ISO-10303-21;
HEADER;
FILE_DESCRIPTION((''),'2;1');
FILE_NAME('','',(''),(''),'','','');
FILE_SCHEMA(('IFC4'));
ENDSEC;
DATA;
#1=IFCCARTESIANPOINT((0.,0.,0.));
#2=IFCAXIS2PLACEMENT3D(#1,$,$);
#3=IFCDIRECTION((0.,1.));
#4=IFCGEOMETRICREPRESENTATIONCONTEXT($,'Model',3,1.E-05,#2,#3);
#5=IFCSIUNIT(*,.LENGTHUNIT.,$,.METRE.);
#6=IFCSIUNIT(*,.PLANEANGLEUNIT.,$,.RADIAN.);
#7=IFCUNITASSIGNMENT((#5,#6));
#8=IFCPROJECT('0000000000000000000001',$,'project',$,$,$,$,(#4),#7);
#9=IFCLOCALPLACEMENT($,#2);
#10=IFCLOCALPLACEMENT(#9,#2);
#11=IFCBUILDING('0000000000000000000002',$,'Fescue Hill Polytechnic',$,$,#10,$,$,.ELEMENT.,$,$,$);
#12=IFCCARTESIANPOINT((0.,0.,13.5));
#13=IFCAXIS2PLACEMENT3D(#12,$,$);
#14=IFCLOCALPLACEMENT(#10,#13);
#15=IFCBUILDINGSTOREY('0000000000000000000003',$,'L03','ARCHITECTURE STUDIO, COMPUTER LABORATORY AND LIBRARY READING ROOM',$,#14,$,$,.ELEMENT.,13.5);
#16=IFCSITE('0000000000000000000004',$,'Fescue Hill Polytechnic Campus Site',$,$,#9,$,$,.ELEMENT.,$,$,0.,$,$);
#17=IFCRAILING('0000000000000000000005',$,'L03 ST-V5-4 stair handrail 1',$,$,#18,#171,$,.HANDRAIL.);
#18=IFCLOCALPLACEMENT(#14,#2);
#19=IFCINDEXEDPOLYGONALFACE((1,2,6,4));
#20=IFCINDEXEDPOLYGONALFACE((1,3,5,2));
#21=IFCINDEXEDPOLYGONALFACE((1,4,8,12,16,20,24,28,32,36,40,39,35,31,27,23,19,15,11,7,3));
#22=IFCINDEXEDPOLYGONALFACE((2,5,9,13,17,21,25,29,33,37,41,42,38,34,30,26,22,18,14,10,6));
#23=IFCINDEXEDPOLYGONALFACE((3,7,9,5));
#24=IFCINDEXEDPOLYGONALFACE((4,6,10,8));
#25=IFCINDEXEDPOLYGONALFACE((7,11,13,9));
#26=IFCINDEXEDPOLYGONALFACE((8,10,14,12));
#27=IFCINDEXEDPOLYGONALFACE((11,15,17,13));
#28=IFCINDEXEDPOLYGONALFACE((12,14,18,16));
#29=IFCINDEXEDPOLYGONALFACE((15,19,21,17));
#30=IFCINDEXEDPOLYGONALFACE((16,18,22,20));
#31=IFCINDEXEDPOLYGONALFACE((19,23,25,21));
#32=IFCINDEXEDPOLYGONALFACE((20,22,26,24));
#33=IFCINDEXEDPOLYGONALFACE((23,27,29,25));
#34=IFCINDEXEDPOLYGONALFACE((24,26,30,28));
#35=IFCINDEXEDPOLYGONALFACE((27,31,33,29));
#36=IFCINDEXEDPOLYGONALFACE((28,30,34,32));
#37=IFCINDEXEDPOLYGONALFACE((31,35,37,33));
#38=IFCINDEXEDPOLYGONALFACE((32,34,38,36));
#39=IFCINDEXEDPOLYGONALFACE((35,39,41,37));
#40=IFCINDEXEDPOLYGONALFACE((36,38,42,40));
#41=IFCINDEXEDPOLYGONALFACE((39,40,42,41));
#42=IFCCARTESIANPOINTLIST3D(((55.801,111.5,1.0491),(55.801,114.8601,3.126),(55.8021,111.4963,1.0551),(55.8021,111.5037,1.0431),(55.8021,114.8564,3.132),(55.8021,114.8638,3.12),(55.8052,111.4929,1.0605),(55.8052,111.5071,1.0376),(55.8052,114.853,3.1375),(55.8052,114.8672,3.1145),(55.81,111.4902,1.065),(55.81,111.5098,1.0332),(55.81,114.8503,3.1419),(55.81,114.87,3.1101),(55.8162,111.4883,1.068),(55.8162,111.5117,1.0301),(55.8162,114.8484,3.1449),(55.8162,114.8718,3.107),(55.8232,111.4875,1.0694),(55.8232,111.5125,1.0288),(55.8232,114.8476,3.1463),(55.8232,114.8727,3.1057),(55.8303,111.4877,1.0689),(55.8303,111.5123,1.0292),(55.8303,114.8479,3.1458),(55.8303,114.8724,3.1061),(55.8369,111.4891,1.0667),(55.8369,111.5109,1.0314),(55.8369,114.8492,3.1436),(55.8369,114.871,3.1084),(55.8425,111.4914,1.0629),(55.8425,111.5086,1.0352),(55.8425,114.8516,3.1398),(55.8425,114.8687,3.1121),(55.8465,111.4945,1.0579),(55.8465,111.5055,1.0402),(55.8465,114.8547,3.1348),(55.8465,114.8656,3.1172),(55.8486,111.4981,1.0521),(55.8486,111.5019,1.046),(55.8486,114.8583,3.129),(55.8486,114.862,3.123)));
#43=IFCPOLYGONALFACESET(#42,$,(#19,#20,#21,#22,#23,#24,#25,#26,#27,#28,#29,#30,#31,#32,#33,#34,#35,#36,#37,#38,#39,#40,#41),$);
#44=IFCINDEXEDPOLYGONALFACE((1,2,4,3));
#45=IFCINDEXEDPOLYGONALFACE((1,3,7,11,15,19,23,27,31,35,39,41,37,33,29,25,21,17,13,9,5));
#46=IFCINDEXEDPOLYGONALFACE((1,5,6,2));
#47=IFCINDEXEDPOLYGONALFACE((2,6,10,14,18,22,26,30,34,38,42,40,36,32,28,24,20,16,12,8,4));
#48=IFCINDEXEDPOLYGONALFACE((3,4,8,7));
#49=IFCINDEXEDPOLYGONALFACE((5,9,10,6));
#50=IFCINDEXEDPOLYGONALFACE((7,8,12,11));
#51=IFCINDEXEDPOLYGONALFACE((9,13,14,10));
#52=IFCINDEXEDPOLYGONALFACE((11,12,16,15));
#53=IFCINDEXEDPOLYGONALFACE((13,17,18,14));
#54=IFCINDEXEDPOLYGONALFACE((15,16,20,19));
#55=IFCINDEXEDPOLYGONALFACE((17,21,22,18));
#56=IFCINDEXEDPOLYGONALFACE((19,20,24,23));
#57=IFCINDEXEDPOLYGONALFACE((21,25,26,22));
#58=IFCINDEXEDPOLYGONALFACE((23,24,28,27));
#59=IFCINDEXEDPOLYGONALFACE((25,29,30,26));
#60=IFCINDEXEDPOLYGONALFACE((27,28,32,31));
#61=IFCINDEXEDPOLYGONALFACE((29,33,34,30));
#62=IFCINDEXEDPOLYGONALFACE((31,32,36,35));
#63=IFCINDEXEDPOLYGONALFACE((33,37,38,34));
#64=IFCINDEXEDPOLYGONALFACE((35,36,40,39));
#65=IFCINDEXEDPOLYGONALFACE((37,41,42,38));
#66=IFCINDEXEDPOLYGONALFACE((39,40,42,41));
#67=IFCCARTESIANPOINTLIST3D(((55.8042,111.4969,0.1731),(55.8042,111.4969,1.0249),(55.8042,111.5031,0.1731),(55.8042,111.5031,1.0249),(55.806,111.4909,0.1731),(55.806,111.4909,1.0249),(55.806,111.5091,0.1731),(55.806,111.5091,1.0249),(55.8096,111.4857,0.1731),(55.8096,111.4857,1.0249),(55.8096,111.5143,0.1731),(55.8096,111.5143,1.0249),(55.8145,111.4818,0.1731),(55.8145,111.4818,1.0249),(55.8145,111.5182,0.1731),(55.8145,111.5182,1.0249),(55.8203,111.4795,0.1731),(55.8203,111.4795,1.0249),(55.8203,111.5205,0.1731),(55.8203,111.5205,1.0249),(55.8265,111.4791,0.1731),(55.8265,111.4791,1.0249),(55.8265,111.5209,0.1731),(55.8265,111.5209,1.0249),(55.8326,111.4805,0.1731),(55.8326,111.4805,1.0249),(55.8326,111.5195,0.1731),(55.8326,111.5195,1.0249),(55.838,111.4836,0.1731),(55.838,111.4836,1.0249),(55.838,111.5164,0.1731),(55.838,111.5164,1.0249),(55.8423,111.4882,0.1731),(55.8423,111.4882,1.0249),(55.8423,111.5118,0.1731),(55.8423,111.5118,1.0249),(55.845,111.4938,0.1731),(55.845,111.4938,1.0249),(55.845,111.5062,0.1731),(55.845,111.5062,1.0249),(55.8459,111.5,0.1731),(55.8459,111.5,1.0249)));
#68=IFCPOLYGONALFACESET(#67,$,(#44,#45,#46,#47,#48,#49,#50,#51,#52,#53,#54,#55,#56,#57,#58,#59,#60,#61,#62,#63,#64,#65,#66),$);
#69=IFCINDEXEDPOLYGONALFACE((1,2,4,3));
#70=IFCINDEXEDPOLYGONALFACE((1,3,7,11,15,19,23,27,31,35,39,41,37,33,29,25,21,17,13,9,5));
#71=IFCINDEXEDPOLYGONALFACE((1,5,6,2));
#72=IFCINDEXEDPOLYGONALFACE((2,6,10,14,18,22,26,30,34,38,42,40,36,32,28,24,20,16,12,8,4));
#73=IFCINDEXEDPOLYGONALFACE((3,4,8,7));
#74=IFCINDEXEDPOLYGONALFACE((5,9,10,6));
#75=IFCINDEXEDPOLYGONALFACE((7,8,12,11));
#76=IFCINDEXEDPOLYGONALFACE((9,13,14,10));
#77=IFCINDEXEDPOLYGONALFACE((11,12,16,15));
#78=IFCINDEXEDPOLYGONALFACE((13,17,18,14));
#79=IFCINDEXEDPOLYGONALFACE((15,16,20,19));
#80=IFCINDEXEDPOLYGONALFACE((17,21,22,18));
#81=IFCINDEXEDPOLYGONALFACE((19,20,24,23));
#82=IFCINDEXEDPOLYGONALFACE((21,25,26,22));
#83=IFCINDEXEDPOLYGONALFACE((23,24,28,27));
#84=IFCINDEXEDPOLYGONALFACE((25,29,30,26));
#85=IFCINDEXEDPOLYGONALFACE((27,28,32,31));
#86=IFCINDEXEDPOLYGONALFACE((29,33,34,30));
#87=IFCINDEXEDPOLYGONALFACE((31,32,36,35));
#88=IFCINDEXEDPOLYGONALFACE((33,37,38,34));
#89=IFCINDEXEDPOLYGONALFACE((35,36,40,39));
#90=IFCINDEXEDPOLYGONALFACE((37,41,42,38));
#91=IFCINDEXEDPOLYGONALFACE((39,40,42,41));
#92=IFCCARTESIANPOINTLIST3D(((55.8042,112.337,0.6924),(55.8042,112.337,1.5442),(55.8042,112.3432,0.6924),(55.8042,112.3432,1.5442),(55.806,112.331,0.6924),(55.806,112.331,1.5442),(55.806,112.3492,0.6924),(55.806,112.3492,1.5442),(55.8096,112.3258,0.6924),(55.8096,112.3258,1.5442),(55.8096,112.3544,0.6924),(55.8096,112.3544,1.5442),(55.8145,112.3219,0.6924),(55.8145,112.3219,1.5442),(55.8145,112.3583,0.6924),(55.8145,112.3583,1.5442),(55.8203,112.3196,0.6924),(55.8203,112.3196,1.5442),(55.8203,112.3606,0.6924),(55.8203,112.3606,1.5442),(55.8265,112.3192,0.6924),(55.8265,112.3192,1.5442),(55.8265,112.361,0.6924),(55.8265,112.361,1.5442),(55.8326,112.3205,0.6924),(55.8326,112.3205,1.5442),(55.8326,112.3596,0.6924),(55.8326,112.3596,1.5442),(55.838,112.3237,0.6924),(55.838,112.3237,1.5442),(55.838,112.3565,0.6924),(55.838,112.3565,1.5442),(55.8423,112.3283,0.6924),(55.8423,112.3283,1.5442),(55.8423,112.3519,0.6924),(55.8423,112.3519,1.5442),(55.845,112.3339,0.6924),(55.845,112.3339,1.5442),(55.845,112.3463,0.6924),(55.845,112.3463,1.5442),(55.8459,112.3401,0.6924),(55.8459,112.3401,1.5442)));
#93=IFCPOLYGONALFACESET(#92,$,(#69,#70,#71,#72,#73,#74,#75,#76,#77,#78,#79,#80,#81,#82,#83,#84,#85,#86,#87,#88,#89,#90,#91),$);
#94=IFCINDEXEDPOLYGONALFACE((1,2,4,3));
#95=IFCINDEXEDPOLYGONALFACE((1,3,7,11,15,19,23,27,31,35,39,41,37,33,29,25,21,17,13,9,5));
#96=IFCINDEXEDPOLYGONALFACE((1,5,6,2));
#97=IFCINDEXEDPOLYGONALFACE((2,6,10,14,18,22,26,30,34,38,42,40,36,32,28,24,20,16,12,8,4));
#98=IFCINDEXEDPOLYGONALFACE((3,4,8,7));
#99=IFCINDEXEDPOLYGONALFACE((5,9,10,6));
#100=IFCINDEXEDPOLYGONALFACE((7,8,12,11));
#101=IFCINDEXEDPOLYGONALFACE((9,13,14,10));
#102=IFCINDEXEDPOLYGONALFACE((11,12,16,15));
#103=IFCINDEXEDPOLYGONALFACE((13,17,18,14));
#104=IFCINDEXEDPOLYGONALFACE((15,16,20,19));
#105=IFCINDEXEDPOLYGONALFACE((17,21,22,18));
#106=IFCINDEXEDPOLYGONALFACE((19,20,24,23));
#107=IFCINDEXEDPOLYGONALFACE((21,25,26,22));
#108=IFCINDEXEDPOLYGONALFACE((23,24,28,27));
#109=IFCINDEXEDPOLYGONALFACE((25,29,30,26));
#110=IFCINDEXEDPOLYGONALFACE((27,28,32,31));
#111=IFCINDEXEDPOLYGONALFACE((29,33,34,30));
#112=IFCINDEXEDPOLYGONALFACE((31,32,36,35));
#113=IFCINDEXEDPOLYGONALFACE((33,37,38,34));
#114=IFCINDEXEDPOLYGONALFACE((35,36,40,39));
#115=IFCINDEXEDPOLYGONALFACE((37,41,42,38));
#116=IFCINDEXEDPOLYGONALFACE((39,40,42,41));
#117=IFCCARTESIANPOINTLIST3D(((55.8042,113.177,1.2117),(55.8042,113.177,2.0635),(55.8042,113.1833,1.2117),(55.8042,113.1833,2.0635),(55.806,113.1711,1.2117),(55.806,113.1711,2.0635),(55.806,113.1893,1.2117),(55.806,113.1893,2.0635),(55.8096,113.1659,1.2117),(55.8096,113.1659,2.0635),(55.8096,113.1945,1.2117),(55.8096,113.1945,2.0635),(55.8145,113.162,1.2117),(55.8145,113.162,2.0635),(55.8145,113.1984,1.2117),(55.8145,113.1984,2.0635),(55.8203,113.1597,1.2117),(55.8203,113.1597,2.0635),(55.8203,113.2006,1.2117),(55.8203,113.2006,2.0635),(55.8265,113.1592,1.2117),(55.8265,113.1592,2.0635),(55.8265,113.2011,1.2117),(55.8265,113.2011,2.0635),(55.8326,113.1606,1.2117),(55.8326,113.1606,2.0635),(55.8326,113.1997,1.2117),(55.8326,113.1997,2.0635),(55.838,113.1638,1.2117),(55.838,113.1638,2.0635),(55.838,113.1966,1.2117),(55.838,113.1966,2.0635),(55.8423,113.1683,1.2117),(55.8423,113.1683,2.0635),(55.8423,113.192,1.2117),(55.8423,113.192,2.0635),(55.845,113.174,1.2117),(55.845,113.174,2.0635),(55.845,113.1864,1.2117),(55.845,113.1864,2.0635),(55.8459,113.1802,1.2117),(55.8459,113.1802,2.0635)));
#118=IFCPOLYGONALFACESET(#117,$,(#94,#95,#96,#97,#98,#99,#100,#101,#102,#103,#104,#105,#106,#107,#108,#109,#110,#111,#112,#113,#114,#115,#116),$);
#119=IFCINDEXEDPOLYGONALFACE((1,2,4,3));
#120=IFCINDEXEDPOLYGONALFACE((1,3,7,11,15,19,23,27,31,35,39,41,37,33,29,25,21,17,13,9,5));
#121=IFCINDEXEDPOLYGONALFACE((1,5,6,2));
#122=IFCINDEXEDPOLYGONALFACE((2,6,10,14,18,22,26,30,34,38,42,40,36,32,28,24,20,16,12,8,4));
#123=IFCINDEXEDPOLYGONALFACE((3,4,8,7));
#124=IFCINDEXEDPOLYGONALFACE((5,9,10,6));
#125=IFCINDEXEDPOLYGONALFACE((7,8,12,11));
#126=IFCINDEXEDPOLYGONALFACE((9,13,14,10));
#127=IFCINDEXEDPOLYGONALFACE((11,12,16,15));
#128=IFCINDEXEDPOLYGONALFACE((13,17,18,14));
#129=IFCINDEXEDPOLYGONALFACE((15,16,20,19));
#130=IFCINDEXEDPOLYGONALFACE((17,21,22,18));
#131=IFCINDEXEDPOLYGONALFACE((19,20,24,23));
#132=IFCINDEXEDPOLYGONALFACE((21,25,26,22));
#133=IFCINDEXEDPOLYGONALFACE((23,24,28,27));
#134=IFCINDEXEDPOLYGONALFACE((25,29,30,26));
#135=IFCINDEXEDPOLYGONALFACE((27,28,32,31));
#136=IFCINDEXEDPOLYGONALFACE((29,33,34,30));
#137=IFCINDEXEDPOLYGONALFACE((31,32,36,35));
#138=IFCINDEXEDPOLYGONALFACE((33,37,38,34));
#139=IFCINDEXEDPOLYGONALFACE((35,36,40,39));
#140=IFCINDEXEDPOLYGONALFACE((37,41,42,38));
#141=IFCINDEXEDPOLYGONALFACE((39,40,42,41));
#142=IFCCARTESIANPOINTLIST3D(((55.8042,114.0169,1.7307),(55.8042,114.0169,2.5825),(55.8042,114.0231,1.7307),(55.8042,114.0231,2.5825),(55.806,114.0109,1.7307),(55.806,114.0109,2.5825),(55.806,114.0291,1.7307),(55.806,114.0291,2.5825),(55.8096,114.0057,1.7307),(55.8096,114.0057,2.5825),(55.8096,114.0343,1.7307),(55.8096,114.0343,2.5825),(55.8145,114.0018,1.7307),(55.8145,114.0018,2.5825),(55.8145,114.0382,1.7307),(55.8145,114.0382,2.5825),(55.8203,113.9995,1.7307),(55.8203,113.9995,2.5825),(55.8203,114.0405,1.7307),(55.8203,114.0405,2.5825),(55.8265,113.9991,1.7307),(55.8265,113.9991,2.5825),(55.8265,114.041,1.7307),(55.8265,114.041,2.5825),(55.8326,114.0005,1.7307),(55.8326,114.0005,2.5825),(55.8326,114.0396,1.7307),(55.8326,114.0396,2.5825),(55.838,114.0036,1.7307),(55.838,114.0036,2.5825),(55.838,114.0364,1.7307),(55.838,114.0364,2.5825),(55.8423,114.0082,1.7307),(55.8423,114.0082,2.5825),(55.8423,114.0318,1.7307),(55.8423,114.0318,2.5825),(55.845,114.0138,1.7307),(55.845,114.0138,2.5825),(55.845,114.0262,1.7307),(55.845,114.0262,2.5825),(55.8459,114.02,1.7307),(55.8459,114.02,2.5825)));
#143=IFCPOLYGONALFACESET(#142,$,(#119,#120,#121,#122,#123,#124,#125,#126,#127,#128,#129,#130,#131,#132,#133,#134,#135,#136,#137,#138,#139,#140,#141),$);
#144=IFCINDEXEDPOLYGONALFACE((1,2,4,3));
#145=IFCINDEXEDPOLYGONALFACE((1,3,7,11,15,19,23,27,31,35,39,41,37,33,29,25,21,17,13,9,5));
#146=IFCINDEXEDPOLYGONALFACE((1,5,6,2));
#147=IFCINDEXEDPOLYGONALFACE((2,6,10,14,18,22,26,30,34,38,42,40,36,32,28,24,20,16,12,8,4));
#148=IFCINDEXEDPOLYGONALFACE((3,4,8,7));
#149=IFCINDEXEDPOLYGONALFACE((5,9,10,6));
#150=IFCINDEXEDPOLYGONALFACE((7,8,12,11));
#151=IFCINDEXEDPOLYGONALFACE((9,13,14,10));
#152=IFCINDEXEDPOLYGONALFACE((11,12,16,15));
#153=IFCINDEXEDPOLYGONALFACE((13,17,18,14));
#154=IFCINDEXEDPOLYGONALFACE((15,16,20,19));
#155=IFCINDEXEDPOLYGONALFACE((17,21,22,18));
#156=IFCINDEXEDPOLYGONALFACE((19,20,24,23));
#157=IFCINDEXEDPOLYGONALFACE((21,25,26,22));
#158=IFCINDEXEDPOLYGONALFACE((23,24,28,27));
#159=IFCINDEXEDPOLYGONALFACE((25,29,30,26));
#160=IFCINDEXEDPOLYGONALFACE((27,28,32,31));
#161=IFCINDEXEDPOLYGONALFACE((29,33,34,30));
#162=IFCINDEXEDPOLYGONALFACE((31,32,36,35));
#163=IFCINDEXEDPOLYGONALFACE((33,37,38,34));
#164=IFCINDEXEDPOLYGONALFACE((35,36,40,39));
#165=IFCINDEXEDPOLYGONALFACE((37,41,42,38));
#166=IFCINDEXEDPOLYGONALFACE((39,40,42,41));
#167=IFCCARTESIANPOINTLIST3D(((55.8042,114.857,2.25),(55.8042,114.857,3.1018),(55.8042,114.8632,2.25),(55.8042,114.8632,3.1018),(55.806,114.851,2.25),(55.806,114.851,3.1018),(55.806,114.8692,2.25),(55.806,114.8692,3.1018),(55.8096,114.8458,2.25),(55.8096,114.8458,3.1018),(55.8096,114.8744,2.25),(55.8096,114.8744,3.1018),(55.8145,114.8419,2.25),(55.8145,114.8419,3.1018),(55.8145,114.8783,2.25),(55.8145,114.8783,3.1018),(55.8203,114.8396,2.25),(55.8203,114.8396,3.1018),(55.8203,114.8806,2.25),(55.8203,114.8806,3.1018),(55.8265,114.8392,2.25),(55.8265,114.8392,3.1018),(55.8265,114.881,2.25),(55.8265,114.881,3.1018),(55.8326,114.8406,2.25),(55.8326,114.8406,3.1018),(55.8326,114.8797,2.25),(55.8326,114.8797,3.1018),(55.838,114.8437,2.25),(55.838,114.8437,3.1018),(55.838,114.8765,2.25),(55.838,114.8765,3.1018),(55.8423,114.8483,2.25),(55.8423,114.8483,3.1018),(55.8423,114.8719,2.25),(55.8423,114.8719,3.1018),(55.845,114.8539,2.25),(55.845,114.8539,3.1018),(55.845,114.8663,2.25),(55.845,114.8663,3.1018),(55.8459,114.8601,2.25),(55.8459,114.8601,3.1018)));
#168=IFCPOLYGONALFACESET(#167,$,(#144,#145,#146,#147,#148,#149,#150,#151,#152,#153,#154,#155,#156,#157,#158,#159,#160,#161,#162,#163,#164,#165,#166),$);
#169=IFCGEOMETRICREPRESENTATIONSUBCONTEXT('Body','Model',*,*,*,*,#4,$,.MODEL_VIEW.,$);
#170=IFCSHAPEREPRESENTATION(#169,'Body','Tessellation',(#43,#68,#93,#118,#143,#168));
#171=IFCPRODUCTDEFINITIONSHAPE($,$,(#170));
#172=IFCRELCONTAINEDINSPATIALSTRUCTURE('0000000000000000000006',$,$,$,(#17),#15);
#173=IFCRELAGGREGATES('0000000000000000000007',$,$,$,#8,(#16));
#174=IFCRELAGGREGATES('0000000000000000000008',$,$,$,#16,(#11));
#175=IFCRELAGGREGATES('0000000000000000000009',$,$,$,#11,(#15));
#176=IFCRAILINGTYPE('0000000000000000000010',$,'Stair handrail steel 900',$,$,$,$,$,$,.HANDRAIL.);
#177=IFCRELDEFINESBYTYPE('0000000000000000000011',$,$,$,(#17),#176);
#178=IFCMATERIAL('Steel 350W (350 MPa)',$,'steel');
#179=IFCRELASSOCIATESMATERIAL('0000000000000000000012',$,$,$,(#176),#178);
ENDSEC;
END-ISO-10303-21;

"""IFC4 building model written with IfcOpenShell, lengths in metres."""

from ifc_helpers import new_model, si_unit, direction, frame, origin, origin_2d, place, context, subcontext, project, spatial, circle, extrude, material, type_object, element, save


model = new_model("IFC4")

# Units and contexts
model_context = context("Model", 3, precision=1e-05, world=origin(), true_north=direction((0.0, 1.0)))
body_context = subcontext(model_context, "Body", "Model", "MODEL_VIEW")
ifc_project = project(units=[si_unit("LENGTHUNIT", "METRE"), si_unit("PLANEANGLEUNIT", "RADIAN")], contexts=[model_context])

# Site, building, storey
site_placement = place(None, origin())
site = spatial("IfcSite", under=ifc_project, at=site_placement, Name="Fescue Hill Polytechnic Campus Site", CompositionType="ELEMENT", RefElevation=0.0)
building_placement = place(site_placement, origin())
building = spatial("IfcBuilding", under=site, at=building_placement, Name="Fescue Hill Polytechnic", CompositionType="ELEMENT")
storey_placement = place(building_placement, frame((0.0, 0.0, 13.5)))
storey = spatial("IfcBuildingStorey", under=building, at=storey_placement, Name="L03", Description="ARCHITECTURE STUDIO, COMPUTER LABORATORY AND LIBRARY READING ROOM", CompositionType="ELEMENT", Elevation=13.5)

# Railing
ifc_material_1 = material(Name="Steel 350W (350 MPa)", Category="steel")
railing_type_1 = type_object("IfcRailingType", Name="Stair handrail steel 900", PredefinedType="HANDRAIL", material=ifc_material_1)
railing_1_placement = place(storey_placement, frame((55.825, 111.5, 0.1731)))
element("IfcRailing", 1, at=railing_1_placement, inside=storey, type_object=railing_type_1, Name="L03 ST-V5-4 stair handrail 1", PredefinedType="HANDRAIL", context=body_context, shape_type="SweptSolid", body=[
    extrude(circle(Radius=0.0239, at=origin_2d()), frame((0.0, 0.0, 0.876), z_axis=(0.0, 0.850623, 0.525776), x_axis=(-1.0, 0.0, 0.0)), (0.0, 0.0, 1.0), 3.9502),
    extrude(circle(Radius=0.021, at=origin_2d()), origin(), (0.0, 0.0, 1.0), 0.8518),
    extrude(circle(Radius=0.021, at=origin_2d()), frame((0.0, 0.8401, 0.5193)), (0.0, 0.0, 1.0), 0.8518),
    extrude(circle(Radius=0.021, at=origin_2d()), frame((0.0, 1.6802, 1.0386)), (0.0, 0.0, 1.0), 0.8518),
    extrude(circle(Radius=0.021, at=origin_2d()), frame((0.0, 2.52, 1.5576)), (0.0, 0.0, 1.0), 0.8518),
    extrude(circle(Radius=0.021, at=origin_2d()), frame((0.0, 3.3601, 2.0769)), (0.0, 0.0, 1.0), 0.8518),
])

save(model, "model.ifc")
